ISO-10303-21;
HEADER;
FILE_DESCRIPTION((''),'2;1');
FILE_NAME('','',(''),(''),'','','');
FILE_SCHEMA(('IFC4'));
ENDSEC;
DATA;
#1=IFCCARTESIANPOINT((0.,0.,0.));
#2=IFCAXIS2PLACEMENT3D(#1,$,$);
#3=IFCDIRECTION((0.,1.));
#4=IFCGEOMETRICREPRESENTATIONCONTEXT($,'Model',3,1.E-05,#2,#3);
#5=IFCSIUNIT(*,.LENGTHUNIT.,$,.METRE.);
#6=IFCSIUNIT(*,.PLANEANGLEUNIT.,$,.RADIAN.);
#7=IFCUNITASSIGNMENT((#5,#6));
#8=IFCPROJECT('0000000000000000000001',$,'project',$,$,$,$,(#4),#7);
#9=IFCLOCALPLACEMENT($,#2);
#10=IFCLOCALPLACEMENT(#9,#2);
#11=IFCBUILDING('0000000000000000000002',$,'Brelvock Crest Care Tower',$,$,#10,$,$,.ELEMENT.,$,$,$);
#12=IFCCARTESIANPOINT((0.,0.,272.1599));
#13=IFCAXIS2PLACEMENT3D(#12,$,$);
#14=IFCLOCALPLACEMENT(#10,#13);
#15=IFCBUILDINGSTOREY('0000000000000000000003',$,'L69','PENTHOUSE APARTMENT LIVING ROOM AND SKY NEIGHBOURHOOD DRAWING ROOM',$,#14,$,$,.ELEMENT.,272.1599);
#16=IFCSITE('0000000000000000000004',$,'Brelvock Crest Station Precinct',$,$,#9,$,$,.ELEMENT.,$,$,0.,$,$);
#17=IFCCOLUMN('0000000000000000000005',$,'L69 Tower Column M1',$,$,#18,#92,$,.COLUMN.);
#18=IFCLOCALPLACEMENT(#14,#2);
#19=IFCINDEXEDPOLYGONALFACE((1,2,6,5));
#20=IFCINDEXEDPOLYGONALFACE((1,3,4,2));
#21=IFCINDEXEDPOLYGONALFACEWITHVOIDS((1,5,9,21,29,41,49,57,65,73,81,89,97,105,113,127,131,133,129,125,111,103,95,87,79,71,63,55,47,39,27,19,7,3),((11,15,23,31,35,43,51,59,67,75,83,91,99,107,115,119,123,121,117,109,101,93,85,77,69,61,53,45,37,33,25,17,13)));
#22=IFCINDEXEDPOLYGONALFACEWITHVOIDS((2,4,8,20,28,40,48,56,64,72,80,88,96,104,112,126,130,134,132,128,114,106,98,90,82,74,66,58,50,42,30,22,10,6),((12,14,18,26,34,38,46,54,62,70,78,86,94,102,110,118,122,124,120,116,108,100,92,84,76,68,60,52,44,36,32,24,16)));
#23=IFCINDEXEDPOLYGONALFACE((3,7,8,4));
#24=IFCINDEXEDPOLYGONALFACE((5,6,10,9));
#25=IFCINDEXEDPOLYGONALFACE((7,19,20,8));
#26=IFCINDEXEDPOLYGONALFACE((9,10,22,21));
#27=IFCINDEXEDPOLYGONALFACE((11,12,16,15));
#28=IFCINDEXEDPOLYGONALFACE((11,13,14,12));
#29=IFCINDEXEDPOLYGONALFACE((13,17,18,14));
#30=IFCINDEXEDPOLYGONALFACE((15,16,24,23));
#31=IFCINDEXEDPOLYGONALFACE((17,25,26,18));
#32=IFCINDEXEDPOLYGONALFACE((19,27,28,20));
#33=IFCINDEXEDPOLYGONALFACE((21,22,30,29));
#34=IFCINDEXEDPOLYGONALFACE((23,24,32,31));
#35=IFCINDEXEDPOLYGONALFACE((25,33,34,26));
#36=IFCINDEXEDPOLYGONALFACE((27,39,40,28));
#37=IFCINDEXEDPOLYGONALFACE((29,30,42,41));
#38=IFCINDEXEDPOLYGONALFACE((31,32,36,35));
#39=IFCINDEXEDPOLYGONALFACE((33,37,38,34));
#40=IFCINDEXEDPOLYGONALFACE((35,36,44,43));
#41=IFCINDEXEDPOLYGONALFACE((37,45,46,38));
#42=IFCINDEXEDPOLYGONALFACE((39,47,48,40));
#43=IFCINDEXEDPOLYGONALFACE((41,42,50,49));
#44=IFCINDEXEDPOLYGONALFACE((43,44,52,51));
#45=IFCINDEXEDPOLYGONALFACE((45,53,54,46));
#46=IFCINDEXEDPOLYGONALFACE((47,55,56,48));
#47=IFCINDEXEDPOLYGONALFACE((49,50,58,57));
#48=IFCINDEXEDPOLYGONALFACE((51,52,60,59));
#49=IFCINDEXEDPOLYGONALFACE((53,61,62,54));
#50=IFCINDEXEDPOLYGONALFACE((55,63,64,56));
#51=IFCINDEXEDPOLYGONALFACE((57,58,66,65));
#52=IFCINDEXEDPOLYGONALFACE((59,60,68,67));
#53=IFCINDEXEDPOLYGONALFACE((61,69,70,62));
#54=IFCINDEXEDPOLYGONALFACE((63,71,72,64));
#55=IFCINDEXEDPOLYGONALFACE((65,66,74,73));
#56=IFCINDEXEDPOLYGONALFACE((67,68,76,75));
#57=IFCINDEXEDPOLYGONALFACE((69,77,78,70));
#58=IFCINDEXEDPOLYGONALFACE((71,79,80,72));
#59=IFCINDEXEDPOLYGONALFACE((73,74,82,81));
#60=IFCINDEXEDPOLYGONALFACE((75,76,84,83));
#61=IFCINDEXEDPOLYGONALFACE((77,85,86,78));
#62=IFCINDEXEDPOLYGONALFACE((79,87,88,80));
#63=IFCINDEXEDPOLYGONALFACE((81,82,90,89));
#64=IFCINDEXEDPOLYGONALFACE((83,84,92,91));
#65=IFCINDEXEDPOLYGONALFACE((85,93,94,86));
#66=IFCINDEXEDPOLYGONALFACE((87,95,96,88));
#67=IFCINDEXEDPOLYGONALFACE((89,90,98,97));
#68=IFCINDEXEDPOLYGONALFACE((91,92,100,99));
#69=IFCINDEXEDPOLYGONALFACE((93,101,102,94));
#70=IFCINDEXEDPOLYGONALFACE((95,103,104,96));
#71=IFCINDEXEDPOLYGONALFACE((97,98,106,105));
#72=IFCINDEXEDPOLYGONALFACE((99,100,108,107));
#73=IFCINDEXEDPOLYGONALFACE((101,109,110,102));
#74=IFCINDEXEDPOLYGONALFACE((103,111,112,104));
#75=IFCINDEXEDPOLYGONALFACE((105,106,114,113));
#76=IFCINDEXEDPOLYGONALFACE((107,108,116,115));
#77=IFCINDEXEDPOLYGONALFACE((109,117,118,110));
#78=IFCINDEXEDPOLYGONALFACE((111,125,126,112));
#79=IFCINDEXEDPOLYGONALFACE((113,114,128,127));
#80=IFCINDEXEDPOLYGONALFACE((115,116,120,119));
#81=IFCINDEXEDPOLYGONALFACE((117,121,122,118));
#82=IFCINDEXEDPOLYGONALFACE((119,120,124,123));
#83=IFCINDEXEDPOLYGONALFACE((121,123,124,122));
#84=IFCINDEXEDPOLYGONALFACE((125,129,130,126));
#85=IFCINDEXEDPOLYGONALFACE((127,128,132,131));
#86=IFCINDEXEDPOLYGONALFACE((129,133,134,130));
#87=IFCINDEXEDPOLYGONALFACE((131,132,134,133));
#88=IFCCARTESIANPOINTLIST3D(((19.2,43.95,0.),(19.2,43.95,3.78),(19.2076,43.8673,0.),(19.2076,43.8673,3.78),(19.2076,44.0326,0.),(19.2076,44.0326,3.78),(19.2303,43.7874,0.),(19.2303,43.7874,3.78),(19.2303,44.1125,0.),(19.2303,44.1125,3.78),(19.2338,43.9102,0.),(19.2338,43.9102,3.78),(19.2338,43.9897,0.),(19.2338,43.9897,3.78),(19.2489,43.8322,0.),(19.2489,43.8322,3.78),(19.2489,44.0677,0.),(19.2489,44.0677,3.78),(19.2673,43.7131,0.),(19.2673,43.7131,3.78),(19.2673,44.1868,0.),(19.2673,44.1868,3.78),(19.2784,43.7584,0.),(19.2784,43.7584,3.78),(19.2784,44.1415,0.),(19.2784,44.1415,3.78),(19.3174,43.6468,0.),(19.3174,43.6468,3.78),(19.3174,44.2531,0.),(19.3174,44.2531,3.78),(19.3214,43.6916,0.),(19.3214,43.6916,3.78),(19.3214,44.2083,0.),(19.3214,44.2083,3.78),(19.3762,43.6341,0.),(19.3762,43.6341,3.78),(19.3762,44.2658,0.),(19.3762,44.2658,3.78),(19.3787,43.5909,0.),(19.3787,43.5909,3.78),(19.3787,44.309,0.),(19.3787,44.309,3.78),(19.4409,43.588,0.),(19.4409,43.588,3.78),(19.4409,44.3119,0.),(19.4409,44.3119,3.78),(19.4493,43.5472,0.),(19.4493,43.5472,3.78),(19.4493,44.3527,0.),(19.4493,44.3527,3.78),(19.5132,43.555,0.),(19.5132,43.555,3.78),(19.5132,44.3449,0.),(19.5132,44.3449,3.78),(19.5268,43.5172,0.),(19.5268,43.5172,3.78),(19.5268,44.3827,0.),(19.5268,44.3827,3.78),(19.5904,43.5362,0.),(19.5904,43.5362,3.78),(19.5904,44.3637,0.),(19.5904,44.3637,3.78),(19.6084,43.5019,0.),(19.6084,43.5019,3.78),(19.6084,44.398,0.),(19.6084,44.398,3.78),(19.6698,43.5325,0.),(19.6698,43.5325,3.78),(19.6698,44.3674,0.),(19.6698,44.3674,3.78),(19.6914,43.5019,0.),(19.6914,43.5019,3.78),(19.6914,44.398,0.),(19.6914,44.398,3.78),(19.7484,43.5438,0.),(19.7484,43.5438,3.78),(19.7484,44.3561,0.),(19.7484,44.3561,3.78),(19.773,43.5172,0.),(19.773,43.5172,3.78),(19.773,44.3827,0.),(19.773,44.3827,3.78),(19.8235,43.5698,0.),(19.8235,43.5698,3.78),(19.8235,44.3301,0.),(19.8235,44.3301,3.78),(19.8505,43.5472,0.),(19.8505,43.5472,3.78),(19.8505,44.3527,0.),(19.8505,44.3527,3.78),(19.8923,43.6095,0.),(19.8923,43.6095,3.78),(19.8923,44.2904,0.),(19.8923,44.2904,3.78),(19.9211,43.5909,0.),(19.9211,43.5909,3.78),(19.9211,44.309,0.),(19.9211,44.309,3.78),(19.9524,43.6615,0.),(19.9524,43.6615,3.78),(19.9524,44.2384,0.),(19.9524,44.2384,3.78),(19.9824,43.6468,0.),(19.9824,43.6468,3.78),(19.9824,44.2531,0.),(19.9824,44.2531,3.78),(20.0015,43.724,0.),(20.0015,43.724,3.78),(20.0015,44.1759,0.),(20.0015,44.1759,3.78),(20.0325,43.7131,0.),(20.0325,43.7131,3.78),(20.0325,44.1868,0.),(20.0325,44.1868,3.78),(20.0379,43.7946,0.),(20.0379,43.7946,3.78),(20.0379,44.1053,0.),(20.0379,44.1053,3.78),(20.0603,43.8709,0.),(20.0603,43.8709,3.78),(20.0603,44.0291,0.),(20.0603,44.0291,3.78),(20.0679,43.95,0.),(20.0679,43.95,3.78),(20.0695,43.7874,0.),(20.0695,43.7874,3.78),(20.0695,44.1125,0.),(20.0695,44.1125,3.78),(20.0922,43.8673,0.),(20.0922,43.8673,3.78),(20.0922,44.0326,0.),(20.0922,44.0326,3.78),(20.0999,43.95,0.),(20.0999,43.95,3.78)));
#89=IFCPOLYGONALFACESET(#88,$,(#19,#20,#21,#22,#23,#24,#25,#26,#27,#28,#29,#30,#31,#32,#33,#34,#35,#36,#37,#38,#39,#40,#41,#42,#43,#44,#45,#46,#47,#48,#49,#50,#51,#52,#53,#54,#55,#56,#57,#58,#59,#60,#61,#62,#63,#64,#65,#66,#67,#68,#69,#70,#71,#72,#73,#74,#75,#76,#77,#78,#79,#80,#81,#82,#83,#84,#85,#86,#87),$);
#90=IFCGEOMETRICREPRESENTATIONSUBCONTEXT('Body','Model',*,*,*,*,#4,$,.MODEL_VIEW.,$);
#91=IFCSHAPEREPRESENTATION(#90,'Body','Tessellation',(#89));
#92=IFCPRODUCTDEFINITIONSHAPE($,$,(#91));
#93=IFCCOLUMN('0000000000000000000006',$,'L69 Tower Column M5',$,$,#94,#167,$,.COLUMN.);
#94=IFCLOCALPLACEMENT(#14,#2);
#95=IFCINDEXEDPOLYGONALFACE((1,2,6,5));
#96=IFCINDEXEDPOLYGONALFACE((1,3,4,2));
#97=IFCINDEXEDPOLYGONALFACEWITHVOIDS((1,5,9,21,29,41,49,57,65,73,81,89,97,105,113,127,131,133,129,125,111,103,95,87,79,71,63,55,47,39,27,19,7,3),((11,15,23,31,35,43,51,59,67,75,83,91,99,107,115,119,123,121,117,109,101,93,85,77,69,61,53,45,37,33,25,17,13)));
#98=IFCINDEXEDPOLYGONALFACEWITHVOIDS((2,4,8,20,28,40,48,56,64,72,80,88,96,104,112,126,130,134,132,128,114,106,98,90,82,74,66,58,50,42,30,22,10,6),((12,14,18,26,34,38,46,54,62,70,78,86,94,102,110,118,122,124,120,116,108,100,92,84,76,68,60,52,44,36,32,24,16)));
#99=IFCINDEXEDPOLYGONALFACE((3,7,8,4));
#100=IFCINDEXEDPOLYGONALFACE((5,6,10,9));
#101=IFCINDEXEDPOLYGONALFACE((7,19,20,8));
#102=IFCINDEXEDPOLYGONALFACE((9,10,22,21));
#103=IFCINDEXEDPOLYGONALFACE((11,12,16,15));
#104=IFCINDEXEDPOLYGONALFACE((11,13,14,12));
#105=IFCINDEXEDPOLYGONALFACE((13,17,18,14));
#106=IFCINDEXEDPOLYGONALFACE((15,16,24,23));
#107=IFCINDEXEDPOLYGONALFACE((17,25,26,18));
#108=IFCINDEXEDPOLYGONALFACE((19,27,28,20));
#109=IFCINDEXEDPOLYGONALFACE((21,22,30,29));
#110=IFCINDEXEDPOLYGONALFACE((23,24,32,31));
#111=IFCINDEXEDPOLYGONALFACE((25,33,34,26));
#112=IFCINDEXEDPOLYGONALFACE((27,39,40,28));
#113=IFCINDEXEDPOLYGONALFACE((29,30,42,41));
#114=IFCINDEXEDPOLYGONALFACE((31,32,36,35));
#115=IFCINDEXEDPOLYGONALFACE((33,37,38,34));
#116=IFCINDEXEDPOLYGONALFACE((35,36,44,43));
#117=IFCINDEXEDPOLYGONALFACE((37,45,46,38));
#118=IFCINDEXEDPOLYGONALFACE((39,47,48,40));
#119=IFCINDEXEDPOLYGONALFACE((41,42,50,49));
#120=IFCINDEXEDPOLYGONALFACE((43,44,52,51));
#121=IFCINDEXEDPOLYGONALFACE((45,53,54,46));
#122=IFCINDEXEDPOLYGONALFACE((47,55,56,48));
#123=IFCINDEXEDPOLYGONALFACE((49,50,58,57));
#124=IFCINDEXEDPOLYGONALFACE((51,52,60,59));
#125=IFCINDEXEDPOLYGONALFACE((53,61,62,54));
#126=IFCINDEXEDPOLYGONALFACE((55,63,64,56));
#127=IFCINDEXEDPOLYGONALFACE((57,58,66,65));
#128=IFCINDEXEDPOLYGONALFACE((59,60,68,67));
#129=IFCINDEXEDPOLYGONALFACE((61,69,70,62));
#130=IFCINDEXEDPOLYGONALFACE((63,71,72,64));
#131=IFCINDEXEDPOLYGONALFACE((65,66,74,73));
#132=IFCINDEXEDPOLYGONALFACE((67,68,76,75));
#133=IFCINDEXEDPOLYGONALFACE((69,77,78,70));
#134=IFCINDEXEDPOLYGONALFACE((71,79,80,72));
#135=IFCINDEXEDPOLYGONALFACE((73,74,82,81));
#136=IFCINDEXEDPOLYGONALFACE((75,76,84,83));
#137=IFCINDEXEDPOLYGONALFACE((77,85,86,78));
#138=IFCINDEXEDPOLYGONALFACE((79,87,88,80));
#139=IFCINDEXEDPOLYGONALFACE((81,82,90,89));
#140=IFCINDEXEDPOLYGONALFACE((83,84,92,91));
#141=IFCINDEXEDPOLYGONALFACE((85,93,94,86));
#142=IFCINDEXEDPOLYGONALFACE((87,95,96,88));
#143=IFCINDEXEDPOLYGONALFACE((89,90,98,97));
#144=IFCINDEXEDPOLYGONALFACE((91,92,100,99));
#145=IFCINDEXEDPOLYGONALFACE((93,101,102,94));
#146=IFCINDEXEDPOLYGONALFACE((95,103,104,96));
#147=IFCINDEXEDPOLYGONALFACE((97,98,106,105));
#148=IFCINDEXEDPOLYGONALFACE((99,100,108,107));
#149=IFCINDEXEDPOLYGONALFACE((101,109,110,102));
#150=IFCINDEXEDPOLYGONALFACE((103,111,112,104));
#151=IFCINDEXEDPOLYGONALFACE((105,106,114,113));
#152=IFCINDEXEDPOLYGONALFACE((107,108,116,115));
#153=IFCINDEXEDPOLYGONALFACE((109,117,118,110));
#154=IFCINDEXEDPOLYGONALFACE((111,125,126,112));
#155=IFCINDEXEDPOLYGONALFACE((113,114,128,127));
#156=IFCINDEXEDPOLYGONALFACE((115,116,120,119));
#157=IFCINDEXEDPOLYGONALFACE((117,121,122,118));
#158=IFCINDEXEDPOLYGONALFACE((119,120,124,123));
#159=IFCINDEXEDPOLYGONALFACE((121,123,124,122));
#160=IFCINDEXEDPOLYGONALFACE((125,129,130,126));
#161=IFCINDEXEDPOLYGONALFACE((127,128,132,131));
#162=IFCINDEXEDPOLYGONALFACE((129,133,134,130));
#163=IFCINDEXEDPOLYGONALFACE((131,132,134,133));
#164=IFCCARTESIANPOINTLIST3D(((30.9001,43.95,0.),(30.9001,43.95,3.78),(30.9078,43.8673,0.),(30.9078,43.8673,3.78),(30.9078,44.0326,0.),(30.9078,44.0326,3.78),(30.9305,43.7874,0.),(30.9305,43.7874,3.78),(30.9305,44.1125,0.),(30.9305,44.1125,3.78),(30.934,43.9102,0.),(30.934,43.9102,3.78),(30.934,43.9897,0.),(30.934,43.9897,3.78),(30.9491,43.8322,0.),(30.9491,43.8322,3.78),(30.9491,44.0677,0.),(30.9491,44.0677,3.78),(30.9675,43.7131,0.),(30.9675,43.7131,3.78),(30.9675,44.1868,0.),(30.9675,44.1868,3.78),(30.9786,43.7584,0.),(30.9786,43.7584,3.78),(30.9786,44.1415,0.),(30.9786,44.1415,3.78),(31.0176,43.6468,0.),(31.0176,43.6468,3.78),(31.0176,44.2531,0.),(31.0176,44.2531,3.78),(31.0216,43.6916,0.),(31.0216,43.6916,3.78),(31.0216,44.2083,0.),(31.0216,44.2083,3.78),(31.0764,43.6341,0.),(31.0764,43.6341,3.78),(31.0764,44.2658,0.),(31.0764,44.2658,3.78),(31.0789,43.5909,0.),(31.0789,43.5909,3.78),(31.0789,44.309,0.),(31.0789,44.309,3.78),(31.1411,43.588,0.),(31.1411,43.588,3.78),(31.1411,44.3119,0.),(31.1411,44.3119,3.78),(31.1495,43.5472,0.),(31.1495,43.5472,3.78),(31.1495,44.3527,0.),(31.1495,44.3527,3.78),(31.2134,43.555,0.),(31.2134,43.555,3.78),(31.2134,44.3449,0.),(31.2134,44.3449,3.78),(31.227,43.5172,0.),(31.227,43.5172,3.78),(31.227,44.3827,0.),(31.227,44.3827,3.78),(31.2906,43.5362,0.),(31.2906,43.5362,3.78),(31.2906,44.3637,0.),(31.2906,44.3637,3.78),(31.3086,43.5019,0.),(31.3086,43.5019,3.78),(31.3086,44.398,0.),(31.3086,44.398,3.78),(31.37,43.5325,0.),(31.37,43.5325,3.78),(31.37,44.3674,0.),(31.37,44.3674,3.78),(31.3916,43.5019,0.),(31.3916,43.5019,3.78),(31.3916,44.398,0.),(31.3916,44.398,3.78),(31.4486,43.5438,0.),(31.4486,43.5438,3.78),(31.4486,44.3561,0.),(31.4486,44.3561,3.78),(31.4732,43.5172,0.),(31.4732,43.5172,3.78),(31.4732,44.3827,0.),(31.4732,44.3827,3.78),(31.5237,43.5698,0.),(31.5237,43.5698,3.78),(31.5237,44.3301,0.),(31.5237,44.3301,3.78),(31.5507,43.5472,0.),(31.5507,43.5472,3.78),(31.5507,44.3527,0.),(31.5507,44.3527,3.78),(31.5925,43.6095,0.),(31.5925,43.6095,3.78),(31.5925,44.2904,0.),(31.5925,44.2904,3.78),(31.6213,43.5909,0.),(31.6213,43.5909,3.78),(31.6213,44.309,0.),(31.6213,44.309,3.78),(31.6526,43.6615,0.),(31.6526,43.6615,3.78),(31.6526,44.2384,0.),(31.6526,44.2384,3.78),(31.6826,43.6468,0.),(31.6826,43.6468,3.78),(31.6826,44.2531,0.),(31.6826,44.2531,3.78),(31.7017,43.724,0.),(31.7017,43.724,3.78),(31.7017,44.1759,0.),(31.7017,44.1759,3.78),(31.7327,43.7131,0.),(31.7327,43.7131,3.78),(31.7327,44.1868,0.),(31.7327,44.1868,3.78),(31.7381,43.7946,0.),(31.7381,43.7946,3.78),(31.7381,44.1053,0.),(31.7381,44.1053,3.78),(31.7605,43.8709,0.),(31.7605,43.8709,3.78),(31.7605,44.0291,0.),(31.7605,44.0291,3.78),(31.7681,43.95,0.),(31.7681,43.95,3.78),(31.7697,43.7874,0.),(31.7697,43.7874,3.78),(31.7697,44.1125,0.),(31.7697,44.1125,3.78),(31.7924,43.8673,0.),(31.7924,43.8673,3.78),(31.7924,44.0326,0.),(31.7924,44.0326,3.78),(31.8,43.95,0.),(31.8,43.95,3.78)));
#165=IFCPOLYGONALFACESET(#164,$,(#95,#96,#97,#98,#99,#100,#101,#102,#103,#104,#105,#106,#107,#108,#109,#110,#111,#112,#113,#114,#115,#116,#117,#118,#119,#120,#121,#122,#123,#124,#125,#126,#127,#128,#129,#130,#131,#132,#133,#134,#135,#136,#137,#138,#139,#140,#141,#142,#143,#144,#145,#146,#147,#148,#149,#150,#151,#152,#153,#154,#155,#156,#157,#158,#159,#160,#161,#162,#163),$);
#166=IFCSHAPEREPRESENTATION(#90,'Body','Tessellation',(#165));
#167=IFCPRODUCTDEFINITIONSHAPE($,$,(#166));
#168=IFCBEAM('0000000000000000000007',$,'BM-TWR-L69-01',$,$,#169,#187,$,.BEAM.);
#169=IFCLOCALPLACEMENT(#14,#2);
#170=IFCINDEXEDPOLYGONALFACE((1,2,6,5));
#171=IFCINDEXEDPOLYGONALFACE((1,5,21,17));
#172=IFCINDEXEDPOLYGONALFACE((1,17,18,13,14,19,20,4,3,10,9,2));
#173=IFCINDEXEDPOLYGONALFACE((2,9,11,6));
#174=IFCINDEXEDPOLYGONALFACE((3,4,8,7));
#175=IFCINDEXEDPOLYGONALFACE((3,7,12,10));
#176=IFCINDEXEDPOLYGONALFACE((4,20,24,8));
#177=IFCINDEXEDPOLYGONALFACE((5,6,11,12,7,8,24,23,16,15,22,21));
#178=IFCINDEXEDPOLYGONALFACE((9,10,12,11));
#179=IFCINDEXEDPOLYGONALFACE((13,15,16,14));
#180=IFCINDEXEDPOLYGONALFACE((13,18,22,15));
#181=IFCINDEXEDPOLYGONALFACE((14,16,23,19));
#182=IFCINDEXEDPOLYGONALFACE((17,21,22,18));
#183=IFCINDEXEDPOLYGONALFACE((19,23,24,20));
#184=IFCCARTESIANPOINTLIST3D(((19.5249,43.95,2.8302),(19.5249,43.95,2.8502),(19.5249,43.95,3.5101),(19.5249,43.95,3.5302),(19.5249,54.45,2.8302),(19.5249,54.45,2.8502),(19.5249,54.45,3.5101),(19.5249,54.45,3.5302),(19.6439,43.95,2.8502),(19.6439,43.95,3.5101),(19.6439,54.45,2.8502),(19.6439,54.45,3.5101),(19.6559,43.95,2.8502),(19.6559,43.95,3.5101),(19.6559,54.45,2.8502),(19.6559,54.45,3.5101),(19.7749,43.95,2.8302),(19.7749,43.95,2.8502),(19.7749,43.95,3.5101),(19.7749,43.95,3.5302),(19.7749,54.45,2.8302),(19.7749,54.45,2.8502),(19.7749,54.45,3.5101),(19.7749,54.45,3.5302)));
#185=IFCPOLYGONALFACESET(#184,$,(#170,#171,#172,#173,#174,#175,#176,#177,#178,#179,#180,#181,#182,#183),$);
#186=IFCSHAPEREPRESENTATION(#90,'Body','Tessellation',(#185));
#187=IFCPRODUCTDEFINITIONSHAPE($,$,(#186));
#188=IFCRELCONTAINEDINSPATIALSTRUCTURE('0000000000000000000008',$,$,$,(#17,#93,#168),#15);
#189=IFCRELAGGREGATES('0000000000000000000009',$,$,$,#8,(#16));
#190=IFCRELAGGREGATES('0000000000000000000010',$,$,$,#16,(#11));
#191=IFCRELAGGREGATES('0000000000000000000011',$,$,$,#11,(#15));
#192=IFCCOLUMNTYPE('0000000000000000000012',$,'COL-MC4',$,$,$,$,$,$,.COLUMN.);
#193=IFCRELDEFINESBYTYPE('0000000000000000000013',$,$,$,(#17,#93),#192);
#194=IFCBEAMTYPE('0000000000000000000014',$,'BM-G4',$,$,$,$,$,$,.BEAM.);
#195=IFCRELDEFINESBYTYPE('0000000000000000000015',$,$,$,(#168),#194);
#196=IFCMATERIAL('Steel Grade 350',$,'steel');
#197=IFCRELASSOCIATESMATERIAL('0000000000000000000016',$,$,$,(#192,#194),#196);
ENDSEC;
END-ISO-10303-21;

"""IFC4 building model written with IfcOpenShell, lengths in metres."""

from ifc_helpers import new_model, si_unit, direction, frame, origin, origin_2d, place, context, subcontext, project, spatial, hollow_circle, i_section, extrude, source, transform, mapped, material, material_profile, profile_set, type_object, element, save


model = new_model("IFC4")

# Units and contexts
model_context = context("Model", 3, precision=1e-05, world=origin(), true_north=direction((0.0, 1.0)))
body_context = subcontext(model_context, "Body", "Model", "MODEL_VIEW")
ifc_project = project(units=[si_unit("LENGTHUNIT", "METRE"), si_unit("PLANEANGLEUNIT", "RADIAN")], contexts=[model_context])

# Site, building, storey
site_placement = place(None, origin())
site = spatial("IfcSite", under=ifc_project, at=site_placement, Name="Brelvock Crest Station Precinct", CompositionType="ELEMENT", RefElevation=0.0)
building_placement = place(site_placement, origin())
building = spatial("IfcBuilding", under=site, at=building_placement, Name="Brelvock Crest Care Tower", CompositionType="ELEMENT")
storey_placement = place(building_placement, frame((0.0, 0.0, 272.1599)))
storey = spatial("IfcBuildingStorey", under=building, at=storey_placement, Name="L69", Description="PENTHOUSE APARTMENT LIVING ROOM AND SKY NEIGHBOURHOOD DRAWING ROOM", CompositionType="ELEMENT", Elevation=272.1599)

# Columns
ifc_material_1 = material(Name="Steel Grade 350", Category="steel")
ifc_material_profile_1 = material_profile(ifc_material_1, hollow_circle(Radius=0.45, WallThickness=0.032, at=origin_2d()), Name="CFT900x32")
ifc_profile_set_1 = profile_set([ifc_material_profile_1], Name="Steel Grade 350")
column_type = type_object("IfcColumnType", Name="COL-MC4", PredefinedType="COLUMN", material=ifc_profile_set_1)
shared_shape_1 = source(origin(), body_context, "Body", "SweptSolid", [
    extrude(hollow_circle(Radius=0.45, WallThickness=0.032, at=origin_2d()), origin(), (0.0, 0.0, 1.0), 3.78),
])
for number, where, z_axis, x_axis, name in (
    (1, (19.6499, 43.95, 0.0), (0.0, 0.0, 1.0), (1.0, 0.0, 0.0), "L69 Tower Column M1"),
    (2, (31.3501, 43.95, 0.0), (0.0, 0.0, 1.0), (1.0, 0.0, 0.0), "L69 Tower Column M5"),
):
    element("IfcColumn", number, at=place(storey_placement, frame(where, z_axis=z_axis, x_axis=x_axis)), inside=storey, type_object=column_type, Name=name, PredefinedType="COLUMN", context=body_context, shape_type="MappedRepresentation", body=[
        mapped(shared_shape_1, transform((0.0, 0.0, 0.0), x_axis=(1.0, 0.0, 0.0), y_axis=(0.0, 1.0, 0.0), z_axis=(0.0, 0.0, 1.0), scale=1.0)),
    ])

# Beam
ifc_material_profile_2 = material_profile(ifc_material_1, i_section(OverallWidth=0.25, OverallDepth=0.7, WebThickness=0.012, FlangeThickness=0.02, at=origin_2d()), Name="700WB150")
ifc_profile_set_2 = profile_set([ifc_material_profile_2], Name="Steel Grade 350")
beam_type_1 = type_object("IfcBeamType", Name="BM-G4", PredefinedType="BEAM", material=ifc_profile_set_2)
shared_shape_2 = source(origin(), body_context, "Body", "SweptSolid", [
    extrude(i_section(OverallWidth=0.25, OverallDepth=0.7, WebThickness=0.012, FlangeThickness=0.02, at=origin_2d()), origin(), (0.0, 0.0, 1.0), 10.5),
])
beam_1_placement = place(storey_placement, frame((19.6499, 43.95, 3.1802), z_axis=(0.0, 1.0, 0.0), x_axis=(-1.0, 0.0, 0.0)))
element("IfcBeam", 3, at=beam_1_placement, inside=storey, type_object=beam_type_1, Name="BM-TWR-L69-01", PredefinedType="BEAM", context=body_context, shape_type="MappedRepresentation", body=[
    mapped(shared_shape_2, transform((0.0, 0.0, 0.0), x_axis=(1.0, 0.0, 0.0), y_axis=(0.0, 1.0, 0.0), z_axis=(0.0, 0.0, 1.0), scale=1.0)),
])

save(model, "model.ifc")
